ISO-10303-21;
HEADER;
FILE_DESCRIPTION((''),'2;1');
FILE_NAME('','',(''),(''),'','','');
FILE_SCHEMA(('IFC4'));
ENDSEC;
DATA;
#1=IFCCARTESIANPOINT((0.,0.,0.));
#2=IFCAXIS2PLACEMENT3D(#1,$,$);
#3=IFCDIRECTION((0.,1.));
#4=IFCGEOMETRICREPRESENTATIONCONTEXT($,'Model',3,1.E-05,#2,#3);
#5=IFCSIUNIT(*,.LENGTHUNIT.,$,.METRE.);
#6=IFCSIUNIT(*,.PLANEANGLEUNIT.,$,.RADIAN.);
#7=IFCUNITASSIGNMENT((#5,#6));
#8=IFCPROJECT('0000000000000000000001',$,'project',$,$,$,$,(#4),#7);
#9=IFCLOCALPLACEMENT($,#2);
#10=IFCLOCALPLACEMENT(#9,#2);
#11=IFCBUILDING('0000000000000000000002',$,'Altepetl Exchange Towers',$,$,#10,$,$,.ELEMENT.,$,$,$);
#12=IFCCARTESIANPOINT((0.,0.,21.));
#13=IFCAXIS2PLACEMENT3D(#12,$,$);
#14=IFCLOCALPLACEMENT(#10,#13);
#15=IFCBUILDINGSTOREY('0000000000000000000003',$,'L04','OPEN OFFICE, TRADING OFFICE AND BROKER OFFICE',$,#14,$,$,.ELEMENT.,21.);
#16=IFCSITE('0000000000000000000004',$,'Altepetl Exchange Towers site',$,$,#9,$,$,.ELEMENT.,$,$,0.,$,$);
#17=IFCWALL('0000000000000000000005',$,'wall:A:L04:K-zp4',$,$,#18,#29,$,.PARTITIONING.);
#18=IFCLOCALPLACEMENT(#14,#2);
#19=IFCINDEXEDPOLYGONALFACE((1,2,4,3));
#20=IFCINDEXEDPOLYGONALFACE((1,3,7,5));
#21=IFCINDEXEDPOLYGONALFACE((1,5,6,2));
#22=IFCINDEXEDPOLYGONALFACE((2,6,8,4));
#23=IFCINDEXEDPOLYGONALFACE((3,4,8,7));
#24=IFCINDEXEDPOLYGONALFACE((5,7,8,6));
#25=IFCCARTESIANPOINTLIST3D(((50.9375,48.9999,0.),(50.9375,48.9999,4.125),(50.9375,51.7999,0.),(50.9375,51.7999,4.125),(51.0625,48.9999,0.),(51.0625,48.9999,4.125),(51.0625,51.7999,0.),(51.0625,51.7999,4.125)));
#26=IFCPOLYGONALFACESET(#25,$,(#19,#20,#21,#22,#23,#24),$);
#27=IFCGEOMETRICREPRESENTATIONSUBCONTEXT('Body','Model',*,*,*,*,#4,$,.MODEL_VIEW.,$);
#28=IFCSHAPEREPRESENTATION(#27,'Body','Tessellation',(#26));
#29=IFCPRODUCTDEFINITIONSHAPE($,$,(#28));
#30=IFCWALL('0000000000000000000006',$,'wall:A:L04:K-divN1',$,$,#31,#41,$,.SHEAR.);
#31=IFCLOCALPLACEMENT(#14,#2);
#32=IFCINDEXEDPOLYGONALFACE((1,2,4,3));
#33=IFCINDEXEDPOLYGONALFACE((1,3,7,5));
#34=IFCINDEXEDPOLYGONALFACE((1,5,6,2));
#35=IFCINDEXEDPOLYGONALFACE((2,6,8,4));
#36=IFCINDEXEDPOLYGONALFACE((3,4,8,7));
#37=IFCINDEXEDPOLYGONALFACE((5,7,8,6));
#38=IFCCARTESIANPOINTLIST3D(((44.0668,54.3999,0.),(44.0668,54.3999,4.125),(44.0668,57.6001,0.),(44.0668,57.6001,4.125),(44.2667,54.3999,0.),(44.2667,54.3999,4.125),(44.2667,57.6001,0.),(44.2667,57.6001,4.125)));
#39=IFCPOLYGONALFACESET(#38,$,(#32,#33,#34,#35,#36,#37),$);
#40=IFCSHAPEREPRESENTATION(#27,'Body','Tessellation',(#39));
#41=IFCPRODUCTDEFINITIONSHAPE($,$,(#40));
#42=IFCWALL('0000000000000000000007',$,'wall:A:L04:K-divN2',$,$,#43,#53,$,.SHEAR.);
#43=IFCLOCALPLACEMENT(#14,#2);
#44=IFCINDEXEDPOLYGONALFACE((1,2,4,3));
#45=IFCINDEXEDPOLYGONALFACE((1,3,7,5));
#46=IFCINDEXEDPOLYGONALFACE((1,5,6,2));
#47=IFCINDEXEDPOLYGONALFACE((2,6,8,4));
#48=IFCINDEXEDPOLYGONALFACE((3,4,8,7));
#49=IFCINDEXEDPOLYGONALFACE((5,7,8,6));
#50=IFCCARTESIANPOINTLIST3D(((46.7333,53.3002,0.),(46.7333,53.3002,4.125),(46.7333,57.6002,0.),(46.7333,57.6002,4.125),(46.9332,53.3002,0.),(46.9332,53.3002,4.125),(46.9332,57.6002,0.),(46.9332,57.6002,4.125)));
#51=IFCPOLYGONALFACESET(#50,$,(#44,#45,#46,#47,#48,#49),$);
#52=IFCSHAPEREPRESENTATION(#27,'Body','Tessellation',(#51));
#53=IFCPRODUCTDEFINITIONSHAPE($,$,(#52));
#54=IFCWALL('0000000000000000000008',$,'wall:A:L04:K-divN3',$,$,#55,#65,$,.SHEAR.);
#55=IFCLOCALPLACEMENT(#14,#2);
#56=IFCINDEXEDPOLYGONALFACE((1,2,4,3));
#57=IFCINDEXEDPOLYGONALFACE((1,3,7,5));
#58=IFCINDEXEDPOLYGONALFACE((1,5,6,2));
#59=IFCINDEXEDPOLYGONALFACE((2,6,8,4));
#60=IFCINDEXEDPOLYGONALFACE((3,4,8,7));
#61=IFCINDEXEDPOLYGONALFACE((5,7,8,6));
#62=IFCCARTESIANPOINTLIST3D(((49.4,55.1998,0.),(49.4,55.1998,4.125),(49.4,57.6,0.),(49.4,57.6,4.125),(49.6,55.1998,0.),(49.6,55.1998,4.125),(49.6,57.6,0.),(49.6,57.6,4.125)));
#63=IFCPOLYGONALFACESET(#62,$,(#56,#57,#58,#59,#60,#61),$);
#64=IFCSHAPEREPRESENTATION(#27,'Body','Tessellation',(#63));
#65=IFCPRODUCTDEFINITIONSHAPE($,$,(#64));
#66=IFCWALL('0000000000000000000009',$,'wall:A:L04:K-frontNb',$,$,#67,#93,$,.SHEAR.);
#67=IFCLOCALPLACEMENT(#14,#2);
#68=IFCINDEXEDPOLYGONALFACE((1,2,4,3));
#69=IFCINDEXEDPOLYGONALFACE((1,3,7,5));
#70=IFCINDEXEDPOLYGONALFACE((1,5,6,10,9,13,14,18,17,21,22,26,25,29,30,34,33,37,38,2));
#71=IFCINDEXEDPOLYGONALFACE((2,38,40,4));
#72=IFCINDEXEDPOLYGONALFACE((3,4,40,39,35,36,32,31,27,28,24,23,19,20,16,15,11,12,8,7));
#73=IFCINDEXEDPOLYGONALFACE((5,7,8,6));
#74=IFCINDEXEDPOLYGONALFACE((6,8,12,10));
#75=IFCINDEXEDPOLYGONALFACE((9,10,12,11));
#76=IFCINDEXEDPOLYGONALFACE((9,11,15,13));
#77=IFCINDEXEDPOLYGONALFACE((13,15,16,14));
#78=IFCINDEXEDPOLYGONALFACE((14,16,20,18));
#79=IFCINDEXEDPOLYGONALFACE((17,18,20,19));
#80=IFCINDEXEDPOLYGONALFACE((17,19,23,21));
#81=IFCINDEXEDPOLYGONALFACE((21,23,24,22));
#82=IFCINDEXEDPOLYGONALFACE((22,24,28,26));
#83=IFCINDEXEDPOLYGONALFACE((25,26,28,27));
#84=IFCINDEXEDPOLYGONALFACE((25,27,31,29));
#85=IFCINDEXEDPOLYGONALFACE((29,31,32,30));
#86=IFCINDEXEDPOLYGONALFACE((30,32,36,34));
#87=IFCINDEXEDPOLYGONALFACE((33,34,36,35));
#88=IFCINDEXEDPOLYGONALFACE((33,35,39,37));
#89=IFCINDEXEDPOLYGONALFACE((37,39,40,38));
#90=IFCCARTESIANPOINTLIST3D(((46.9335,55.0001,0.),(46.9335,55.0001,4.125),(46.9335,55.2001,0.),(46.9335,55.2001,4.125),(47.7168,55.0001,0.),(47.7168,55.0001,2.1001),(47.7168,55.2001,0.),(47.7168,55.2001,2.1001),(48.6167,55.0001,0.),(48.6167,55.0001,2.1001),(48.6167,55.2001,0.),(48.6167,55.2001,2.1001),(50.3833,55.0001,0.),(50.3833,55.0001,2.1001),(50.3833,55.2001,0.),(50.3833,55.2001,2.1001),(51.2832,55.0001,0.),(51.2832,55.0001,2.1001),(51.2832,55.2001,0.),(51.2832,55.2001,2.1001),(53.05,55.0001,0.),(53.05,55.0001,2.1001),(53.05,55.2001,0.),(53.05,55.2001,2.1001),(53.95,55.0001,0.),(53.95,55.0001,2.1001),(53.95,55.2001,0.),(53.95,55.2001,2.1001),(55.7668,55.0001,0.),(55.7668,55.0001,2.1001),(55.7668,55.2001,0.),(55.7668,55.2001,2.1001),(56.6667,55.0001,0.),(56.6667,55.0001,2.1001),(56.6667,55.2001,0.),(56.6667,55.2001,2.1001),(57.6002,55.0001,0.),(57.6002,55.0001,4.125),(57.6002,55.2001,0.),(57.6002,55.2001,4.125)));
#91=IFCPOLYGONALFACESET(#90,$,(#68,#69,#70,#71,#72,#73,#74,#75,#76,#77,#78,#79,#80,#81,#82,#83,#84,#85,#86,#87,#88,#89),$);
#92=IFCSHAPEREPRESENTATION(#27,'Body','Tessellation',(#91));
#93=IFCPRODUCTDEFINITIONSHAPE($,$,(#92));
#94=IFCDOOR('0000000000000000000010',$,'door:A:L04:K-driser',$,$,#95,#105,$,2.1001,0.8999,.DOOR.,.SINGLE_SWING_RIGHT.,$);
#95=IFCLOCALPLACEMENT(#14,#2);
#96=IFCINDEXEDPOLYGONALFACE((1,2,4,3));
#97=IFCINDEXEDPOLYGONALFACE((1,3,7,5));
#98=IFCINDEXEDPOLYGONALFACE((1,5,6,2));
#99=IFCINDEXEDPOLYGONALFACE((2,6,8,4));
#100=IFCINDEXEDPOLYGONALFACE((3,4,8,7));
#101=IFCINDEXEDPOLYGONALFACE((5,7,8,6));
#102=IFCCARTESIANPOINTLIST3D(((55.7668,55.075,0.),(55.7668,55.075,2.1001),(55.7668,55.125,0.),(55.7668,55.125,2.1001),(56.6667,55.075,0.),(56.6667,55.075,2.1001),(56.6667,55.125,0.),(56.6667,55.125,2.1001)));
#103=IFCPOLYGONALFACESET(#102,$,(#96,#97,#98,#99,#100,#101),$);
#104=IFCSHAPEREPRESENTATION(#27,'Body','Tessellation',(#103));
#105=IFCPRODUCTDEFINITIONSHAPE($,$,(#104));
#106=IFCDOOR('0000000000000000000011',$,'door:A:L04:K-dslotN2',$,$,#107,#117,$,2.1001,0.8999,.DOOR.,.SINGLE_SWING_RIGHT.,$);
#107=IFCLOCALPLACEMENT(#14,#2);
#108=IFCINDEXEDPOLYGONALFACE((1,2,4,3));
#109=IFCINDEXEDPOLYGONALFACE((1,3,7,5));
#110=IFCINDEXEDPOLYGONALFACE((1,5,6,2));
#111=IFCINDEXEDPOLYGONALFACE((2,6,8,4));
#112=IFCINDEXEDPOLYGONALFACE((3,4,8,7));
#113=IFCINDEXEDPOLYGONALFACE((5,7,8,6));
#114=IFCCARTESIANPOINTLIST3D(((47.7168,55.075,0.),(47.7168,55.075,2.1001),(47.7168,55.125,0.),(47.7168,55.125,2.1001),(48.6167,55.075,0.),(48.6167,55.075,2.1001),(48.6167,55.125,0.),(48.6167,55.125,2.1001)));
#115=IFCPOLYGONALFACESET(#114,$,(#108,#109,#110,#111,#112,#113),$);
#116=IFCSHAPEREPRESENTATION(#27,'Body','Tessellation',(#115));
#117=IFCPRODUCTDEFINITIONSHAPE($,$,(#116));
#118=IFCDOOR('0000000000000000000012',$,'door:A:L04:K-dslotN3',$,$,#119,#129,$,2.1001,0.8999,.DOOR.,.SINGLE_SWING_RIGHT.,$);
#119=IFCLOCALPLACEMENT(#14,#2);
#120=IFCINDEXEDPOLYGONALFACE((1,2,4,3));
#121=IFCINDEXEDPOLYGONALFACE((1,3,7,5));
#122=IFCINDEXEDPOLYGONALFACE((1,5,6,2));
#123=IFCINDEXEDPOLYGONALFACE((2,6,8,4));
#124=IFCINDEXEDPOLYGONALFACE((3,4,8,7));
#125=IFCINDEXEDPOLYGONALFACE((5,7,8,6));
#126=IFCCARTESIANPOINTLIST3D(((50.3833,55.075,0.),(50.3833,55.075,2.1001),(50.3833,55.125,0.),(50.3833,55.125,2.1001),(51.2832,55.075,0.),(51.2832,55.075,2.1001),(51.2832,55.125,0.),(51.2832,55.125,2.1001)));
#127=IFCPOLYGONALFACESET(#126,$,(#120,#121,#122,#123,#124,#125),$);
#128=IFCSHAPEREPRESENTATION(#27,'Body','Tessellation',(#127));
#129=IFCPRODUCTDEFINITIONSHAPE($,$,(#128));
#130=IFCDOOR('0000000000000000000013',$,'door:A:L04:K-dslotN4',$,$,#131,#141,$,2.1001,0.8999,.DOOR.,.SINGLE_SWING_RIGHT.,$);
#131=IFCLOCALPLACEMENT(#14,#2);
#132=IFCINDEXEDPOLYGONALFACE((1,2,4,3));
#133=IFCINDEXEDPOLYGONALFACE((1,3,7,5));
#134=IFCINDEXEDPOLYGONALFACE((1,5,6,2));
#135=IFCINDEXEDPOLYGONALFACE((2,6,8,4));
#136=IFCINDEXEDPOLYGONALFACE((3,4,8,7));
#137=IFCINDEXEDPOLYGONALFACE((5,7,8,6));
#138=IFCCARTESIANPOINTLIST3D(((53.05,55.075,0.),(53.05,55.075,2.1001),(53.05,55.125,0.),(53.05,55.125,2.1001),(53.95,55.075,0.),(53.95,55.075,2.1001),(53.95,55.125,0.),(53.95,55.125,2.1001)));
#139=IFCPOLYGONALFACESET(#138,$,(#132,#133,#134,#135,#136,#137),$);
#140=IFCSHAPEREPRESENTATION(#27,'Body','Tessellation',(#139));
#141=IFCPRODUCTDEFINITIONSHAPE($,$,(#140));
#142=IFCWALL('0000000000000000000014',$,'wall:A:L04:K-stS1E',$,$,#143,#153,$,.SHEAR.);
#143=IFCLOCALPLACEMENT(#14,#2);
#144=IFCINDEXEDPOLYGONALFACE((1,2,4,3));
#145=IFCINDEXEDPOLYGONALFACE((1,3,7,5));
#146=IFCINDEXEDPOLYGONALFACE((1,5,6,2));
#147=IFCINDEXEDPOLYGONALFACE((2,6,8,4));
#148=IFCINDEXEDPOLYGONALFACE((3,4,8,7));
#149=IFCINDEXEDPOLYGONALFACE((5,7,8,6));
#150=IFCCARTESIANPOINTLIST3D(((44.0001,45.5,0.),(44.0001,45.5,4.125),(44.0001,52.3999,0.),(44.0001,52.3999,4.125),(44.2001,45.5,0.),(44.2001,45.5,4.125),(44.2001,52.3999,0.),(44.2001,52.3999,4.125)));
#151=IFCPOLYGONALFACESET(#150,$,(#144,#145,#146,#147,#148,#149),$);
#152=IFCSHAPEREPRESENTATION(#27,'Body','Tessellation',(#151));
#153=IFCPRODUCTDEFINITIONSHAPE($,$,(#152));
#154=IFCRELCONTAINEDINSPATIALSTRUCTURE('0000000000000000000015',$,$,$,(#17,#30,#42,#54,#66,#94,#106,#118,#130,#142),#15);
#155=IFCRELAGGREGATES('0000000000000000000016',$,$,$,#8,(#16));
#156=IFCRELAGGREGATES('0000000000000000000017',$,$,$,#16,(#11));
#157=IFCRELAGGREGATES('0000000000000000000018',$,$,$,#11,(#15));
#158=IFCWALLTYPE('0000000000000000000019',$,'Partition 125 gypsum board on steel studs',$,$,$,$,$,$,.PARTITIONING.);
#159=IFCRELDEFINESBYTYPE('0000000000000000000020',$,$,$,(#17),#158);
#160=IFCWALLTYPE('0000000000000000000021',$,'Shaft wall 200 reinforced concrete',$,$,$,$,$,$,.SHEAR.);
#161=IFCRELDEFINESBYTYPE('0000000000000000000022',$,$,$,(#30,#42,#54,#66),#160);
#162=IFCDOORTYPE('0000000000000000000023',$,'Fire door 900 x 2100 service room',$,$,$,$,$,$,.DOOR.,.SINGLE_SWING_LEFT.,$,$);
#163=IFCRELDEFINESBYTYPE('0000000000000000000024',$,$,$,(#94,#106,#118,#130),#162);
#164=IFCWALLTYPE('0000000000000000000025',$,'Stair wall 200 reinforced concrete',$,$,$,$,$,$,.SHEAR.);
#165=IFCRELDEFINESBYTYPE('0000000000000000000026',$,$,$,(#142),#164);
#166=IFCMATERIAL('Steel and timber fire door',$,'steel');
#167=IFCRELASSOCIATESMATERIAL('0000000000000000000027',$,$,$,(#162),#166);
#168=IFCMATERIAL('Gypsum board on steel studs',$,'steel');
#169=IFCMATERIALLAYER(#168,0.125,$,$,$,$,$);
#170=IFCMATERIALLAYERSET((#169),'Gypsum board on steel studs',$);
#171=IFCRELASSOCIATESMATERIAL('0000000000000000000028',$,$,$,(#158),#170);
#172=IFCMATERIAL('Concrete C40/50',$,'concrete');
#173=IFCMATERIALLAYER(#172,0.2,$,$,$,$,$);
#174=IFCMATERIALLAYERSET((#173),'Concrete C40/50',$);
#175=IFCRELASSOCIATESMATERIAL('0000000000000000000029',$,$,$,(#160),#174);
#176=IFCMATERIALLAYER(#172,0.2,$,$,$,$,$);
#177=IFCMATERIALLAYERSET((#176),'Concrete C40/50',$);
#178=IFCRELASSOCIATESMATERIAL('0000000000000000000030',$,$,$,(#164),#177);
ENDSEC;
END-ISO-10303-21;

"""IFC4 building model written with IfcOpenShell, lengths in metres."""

from ifc_helpers import new_model, si_unit, direction, frame, frame_2d, origin, place, context, subcontext, project, spatial, rectangle, extrude, material, layer, layer_set, type_object, element, fill, save


model = new_model("IFC4")

# Units and contexts
model_context = context("Model", 3, precision=1e-05, world=origin(), true_north=direction((0.0, 1.0)))
body_context = subcontext(model_context, "Body", "Model", "MODEL_VIEW")
ifc_project = project(units=[si_unit("LENGTHUNIT", "METRE"), si_unit("PLANEANGLEUNIT", "RADIAN")], contexts=[model_context])

# Site, building, storey
site_placement = place(None, origin())
site = spatial("IfcSite", under=ifc_project, at=site_placement, Name="Altepetl Exchange Towers site", CompositionType="ELEMENT", RefElevation=0.0)
building_placement = place(site_placement, origin())
building = spatial("IfcBuilding", under=site, at=building_placement, Name="Altepetl Exchange Towers", CompositionType="ELEMENT")
storey_placement = place(building_placement, frame((0.0, 0.0, 21.0)))
storey = spatial("IfcBuildingStorey", under=building, at=storey_placement, Name="L04", Description="OPEN OFFICE, TRADING OFFICE AND BROKER OFFICE", CompositionType="ELEMENT", Elevation=21.0)

# Shared definitions
ifc_material_1 = material(Name="Steel and timber fire door", Category="steel")

# Shared definitions
door_type_1 = type_object("IfcDoorType", Name="Fire door 900 x 2100 service room", OperationType="SINGLE_SWING_LEFT", PredefinedType="DOOR", material=ifc_material_1)

# Walls
ifc_material_2 = material(Name="Gypsum board on steel studs", Category="steel")
ifc_layer_1 = layer(ifc_material_2, 0.125)
ifc_layer_set_1 = layer_set([ifc_layer_1], Name="Gypsum board on steel studs")
wall_type_1 = type_object("IfcWallType", Name="Partition 125 gypsum board on steel studs", PredefinedType="PARTITIONING", material=ifc_layer_set_1)
wall_1_placement = place(storey_placement, frame((51.0, 49.0, 0.0), z_axis=(0.0, 0.0, 1.0), x_axis=(0.0, 1.0, 0.0)))
element("IfcWall", 1, at=wall_1_placement, inside=storey, type_object=wall_type_1, Name="wall:A:L04:K-zp4", PredefinedType="PARTITIONING", context=body_context, shape_type="SweptSolid", body=[
    extrude(rectangle(XDim=2.8, YDim=0.125, at=frame_2d((1.3999, 0.0))), origin(), (0.0, 0.0, 1.0), 4.125),
])
ifc_material_3 = material(Name="Concrete C40/50", Category="concrete")
ifc_layer_2 = layer(ifc_material_3, 0.2)
ifc_layer_set_2 = layer_set([ifc_layer_2], Name="Concrete C40/50")
wall_type_2 = type_object("IfcWallType", Name="Shaft wall 200 reinforced concrete", PredefinedType="SHEAR", material=ifc_layer_set_2)
wall_2_placement = place(storey_placement, frame((44.1667, 57.6001, 0.0), z_axis=(0.0, 0.0, 1.0), x_axis=(0.0, -1.0, 0.0)))
element("IfcWall", 2, at=wall_2_placement, inside=storey, type_object=wall_type_2, Name="wall:A:L04:K-divN1", PredefinedType="SHEAR", context=body_context, shape_type="SweptSolid", body=[
    extrude(rectangle(XDim=3.2002, YDim=0.2, at=frame_2d((1.6001, 0.0))), origin(), (0.0, 0.0, 1.0), 4.125),
])
wall_3_placement = place(storey_placement, frame((46.8333, 57.6001, 0.0), z_axis=(0.0, 0.0, 1.0), x_axis=(0.0, -1.0, 0.0)))
element("IfcWall", 3, at=wall_3_placement, inside=storey, type_object=wall_type_2, Name="wall:A:L04:K-divN2", PredefinedType="SHEAR", context=body_context, shape_type="SweptSolid", body=[
    extrude(rectangle(XDim=4.3, YDim=0.2, at=frame_2d((2.1499, 0.0))), origin(), (0.0, 0.0, 1.0), 4.125),
])
wall_4_placement = place(storey_placement, frame((49.5, 57.6001, 0.0), z_axis=(0.0, 0.0, 1.0), x_axis=(0.0, -1.0, 0.0)))
element("IfcWall", 4, at=wall_4_placement, inside=storey, type_object=wall_type_2, Name="wall:A:L04:K-divN3", PredefinedType="SHEAR", context=body_context, shape_type="SweptSolid", body=[
    extrude(rectangle(XDim=2.4001, YDim=0.2, at=frame_2d((1.2002, 0.0))), origin(), (0.0, 0.0, 1.0), 4.125),
])

# Wall, openings, doors
wall_5_placement = place(storey_placement, frame((46.9333, 55.1001, 0.0)))
wall_5 = element("IfcWall", 5, at=wall_5_placement, inside=storey, type_object=wall_type_2, Name="wall:A:L04:K-frontNb", PredefinedType="SHEAR", context=body_context, shape_type="SweptSolid", body=[
    extrude(rectangle(XDim=10.6667, YDim=0.2, at=frame_2d((5.3335, 0.0))), origin(), (0.0, 0.0, 1.0), 4.125),
])
opening_1_placement = place(wall_5_placement, frame((8.8335, 0.0, 0.0)))
opening_1 = element("IfcOpeningElement", 6, at=opening_1_placement, cuts=wall_5, PredefinedType="OPENING", context=body_context, shape_type="SweptSolid", body=[
    extrude(rectangle(XDim=0.8999, YDim=2.1001, at=frame_2d((0.45, 1.05))), frame((0.0, 0.1099, 0.0), z_axis=(0.0, -1.0, 0.0), x_axis=(1.0, 0.0, 0.0)), (0.0, 0.0, 1.0), 0.22),
])
opening_2_placement = place(wall_5_placement, frame((0.7834, 0.0, 0.0)))
opening_2 = element("IfcOpeningElement", 7, at=opening_2_placement, cuts=wall_5, PredefinedType="OPENING", context=body_context, shape_type="SweptSolid", body=[
    extrude(rectangle(XDim=0.8999, YDim=2.1001, at=frame_2d((0.45, 1.05))), frame((0.0, 0.1099, 0.0), z_axis=(0.0, -1.0, 0.0), x_axis=(1.0, 0.0, 0.0)), (0.0, 0.0, 1.0), 0.22),
])
opening_3_placement = place(wall_5_placement, frame((3.45, 0.0, 0.0)))
opening_3 = element("IfcOpeningElement", 8, at=opening_3_placement, cuts=wall_5, PredefinedType="OPENING", context=body_context, shape_type="SweptSolid", body=[
    extrude(rectangle(XDim=0.8999, YDim=2.1001, at=frame_2d((0.45, 1.05))), frame((0.0, 0.1099, 0.0), z_axis=(0.0, -1.0, 0.0), x_axis=(1.0, 0.0, 0.0)), (0.0, 0.0, 1.0), 0.22),
])
opening_4_placement = place(wall_5_placement, frame((6.1167, 0.0, 0.0)))
opening_4 = element("IfcOpeningElement", 9, at=opening_4_placement, cuts=wall_5, PredefinedType="OPENING", context=body_context, shape_type="SweptSolid", body=[
    extrude(rectangle(XDim=0.8999, YDim=2.1001, at=frame_2d((0.45, 1.05))), frame((0.0, 0.1099, 0.0), z_axis=(0.0, -1.0, 0.0), x_axis=(1.0, 0.0, 0.0)), (0.0, 0.0, 1.0), 0.22),
])
door_1_placement = place(opening_1_placement, origin())
door_1 = element("IfcDoor", 10, at=door_1_placement, inside=storey, type_object=door_type_1, Name="door:A:L04:K-driser", OperationType="SINGLE_SWING_RIGHT", OverallHeight=2.1001, OverallWidth=0.8999, PredefinedType="DOOR", context=body_context, shape_type="SweptSolid", body=[
    extrude(rectangle(XDim=0.8999, YDim=2.1001, at=frame_2d((0.45, 1.05))), frame((0.0, 0.0249, 0.0), z_axis=(0.0, -1.0, 0.0), x_axis=(1.0, 0.0, 0.0)), (0.0, 0.0, 1.0), 0.05),
])
fill(opening_1, door_1)
door_2_placement = place(opening_2_placement, origin())
door_2 = element("IfcDoor", 11, at=door_2_placement, inside=storey, type_object=door_type_1, Name="door:A:L04:K-dslotN2", OperationType="SINGLE_SWING_RIGHT", OverallHeight=2.1001, OverallWidth=0.8999, PredefinedType="DOOR", context=body_context, shape_type="SweptSolid", body=[
    extrude(rectangle(XDim=0.8999, YDim=2.1001, at=frame_2d((0.45, 1.05))), frame((0.0, 0.0249, 0.0), z_axis=(0.0, -1.0, 0.0), x_axis=(1.0, 0.0, 0.0)), (0.0, 0.0, 1.0), 0.05),
])
fill(opening_2, door_2)
door_3_placement = place(opening_3_placement, origin())
door_3 = element("IfcDoor", 12, at=door_3_placement, inside=storey, type_object=door_type_1, Name="door:A:L04:K-dslotN3", OperationType="SINGLE_SWING_RIGHT", OverallHeight=2.1001, OverallWidth=0.8999, PredefinedType="DOOR", context=body_context, shape_type="SweptSolid", body=[
    extrude(rectangle(XDim=0.8999, YDim=2.1001, at=frame_2d((0.45, 1.05))), frame((0.0, 0.0249, 0.0), z_axis=(0.0, -1.0, 0.0), x_axis=(1.0, 0.0, 0.0)), (0.0, 0.0, 1.0), 0.05),
])
fill(opening_3, door_3)
door_4_placement = place(opening_4_placement, origin())
door_4 = element("IfcDoor", 13, at=door_4_placement, inside=storey, type_object=door_type_1, Name="door:A:L04:K-dslotN4", OperationType="SINGLE_SWING_RIGHT", OverallHeight=2.1001, OverallWidth=0.8999, PredefinedType="DOOR", context=body_context, shape_type="SweptSolid", body=[
    extrude(rectangle(XDim=0.8999, YDim=2.1001, at=frame_2d((0.45, 1.05))), frame((0.0, 0.0249, 0.0), z_axis=(0.0, -1.0, 0.0), x_axis=(1.0, 0.0, 0.0)), (0.0, 0.0, 1.0), 0.05),
])
fill(opening_4, door_4)

# Wall
ifc_layer_3 = layer(ifc_material_3, 0.2)
ifc_layer_set_3 = layer_set([ifc_layer_3], Name="Concrete C40/50")
wall_type_3 = type_object("IfcWallType", Name="Stair wall 200 reinforced concrete", PredefinedType="SHEAR", material=ifc_layer_set_3)
wall_6_placement = place(storey_placement, frame((44.1001, 45.5, 0.0), z_axis=(0.0, 0.0, 1.0), x_axis=(0.0, 1.0, 0.0)))
element("IfcWall", 14, at=wall_6_placement, inside=storey, type_object=wall_type_3, Name="wall:A:L04:K-stS1E", PredefinedType="SHEAR", context=body_context, shape_type="SweptSolid", body=[
    extrude(rectangle(XDim=6.8999, YDim=0.2, at=frame_2d((3.45, 0.0))), origin(), (0.0, 0.0, 1.0), 4.125),
])

save(model, "model.ifc")
